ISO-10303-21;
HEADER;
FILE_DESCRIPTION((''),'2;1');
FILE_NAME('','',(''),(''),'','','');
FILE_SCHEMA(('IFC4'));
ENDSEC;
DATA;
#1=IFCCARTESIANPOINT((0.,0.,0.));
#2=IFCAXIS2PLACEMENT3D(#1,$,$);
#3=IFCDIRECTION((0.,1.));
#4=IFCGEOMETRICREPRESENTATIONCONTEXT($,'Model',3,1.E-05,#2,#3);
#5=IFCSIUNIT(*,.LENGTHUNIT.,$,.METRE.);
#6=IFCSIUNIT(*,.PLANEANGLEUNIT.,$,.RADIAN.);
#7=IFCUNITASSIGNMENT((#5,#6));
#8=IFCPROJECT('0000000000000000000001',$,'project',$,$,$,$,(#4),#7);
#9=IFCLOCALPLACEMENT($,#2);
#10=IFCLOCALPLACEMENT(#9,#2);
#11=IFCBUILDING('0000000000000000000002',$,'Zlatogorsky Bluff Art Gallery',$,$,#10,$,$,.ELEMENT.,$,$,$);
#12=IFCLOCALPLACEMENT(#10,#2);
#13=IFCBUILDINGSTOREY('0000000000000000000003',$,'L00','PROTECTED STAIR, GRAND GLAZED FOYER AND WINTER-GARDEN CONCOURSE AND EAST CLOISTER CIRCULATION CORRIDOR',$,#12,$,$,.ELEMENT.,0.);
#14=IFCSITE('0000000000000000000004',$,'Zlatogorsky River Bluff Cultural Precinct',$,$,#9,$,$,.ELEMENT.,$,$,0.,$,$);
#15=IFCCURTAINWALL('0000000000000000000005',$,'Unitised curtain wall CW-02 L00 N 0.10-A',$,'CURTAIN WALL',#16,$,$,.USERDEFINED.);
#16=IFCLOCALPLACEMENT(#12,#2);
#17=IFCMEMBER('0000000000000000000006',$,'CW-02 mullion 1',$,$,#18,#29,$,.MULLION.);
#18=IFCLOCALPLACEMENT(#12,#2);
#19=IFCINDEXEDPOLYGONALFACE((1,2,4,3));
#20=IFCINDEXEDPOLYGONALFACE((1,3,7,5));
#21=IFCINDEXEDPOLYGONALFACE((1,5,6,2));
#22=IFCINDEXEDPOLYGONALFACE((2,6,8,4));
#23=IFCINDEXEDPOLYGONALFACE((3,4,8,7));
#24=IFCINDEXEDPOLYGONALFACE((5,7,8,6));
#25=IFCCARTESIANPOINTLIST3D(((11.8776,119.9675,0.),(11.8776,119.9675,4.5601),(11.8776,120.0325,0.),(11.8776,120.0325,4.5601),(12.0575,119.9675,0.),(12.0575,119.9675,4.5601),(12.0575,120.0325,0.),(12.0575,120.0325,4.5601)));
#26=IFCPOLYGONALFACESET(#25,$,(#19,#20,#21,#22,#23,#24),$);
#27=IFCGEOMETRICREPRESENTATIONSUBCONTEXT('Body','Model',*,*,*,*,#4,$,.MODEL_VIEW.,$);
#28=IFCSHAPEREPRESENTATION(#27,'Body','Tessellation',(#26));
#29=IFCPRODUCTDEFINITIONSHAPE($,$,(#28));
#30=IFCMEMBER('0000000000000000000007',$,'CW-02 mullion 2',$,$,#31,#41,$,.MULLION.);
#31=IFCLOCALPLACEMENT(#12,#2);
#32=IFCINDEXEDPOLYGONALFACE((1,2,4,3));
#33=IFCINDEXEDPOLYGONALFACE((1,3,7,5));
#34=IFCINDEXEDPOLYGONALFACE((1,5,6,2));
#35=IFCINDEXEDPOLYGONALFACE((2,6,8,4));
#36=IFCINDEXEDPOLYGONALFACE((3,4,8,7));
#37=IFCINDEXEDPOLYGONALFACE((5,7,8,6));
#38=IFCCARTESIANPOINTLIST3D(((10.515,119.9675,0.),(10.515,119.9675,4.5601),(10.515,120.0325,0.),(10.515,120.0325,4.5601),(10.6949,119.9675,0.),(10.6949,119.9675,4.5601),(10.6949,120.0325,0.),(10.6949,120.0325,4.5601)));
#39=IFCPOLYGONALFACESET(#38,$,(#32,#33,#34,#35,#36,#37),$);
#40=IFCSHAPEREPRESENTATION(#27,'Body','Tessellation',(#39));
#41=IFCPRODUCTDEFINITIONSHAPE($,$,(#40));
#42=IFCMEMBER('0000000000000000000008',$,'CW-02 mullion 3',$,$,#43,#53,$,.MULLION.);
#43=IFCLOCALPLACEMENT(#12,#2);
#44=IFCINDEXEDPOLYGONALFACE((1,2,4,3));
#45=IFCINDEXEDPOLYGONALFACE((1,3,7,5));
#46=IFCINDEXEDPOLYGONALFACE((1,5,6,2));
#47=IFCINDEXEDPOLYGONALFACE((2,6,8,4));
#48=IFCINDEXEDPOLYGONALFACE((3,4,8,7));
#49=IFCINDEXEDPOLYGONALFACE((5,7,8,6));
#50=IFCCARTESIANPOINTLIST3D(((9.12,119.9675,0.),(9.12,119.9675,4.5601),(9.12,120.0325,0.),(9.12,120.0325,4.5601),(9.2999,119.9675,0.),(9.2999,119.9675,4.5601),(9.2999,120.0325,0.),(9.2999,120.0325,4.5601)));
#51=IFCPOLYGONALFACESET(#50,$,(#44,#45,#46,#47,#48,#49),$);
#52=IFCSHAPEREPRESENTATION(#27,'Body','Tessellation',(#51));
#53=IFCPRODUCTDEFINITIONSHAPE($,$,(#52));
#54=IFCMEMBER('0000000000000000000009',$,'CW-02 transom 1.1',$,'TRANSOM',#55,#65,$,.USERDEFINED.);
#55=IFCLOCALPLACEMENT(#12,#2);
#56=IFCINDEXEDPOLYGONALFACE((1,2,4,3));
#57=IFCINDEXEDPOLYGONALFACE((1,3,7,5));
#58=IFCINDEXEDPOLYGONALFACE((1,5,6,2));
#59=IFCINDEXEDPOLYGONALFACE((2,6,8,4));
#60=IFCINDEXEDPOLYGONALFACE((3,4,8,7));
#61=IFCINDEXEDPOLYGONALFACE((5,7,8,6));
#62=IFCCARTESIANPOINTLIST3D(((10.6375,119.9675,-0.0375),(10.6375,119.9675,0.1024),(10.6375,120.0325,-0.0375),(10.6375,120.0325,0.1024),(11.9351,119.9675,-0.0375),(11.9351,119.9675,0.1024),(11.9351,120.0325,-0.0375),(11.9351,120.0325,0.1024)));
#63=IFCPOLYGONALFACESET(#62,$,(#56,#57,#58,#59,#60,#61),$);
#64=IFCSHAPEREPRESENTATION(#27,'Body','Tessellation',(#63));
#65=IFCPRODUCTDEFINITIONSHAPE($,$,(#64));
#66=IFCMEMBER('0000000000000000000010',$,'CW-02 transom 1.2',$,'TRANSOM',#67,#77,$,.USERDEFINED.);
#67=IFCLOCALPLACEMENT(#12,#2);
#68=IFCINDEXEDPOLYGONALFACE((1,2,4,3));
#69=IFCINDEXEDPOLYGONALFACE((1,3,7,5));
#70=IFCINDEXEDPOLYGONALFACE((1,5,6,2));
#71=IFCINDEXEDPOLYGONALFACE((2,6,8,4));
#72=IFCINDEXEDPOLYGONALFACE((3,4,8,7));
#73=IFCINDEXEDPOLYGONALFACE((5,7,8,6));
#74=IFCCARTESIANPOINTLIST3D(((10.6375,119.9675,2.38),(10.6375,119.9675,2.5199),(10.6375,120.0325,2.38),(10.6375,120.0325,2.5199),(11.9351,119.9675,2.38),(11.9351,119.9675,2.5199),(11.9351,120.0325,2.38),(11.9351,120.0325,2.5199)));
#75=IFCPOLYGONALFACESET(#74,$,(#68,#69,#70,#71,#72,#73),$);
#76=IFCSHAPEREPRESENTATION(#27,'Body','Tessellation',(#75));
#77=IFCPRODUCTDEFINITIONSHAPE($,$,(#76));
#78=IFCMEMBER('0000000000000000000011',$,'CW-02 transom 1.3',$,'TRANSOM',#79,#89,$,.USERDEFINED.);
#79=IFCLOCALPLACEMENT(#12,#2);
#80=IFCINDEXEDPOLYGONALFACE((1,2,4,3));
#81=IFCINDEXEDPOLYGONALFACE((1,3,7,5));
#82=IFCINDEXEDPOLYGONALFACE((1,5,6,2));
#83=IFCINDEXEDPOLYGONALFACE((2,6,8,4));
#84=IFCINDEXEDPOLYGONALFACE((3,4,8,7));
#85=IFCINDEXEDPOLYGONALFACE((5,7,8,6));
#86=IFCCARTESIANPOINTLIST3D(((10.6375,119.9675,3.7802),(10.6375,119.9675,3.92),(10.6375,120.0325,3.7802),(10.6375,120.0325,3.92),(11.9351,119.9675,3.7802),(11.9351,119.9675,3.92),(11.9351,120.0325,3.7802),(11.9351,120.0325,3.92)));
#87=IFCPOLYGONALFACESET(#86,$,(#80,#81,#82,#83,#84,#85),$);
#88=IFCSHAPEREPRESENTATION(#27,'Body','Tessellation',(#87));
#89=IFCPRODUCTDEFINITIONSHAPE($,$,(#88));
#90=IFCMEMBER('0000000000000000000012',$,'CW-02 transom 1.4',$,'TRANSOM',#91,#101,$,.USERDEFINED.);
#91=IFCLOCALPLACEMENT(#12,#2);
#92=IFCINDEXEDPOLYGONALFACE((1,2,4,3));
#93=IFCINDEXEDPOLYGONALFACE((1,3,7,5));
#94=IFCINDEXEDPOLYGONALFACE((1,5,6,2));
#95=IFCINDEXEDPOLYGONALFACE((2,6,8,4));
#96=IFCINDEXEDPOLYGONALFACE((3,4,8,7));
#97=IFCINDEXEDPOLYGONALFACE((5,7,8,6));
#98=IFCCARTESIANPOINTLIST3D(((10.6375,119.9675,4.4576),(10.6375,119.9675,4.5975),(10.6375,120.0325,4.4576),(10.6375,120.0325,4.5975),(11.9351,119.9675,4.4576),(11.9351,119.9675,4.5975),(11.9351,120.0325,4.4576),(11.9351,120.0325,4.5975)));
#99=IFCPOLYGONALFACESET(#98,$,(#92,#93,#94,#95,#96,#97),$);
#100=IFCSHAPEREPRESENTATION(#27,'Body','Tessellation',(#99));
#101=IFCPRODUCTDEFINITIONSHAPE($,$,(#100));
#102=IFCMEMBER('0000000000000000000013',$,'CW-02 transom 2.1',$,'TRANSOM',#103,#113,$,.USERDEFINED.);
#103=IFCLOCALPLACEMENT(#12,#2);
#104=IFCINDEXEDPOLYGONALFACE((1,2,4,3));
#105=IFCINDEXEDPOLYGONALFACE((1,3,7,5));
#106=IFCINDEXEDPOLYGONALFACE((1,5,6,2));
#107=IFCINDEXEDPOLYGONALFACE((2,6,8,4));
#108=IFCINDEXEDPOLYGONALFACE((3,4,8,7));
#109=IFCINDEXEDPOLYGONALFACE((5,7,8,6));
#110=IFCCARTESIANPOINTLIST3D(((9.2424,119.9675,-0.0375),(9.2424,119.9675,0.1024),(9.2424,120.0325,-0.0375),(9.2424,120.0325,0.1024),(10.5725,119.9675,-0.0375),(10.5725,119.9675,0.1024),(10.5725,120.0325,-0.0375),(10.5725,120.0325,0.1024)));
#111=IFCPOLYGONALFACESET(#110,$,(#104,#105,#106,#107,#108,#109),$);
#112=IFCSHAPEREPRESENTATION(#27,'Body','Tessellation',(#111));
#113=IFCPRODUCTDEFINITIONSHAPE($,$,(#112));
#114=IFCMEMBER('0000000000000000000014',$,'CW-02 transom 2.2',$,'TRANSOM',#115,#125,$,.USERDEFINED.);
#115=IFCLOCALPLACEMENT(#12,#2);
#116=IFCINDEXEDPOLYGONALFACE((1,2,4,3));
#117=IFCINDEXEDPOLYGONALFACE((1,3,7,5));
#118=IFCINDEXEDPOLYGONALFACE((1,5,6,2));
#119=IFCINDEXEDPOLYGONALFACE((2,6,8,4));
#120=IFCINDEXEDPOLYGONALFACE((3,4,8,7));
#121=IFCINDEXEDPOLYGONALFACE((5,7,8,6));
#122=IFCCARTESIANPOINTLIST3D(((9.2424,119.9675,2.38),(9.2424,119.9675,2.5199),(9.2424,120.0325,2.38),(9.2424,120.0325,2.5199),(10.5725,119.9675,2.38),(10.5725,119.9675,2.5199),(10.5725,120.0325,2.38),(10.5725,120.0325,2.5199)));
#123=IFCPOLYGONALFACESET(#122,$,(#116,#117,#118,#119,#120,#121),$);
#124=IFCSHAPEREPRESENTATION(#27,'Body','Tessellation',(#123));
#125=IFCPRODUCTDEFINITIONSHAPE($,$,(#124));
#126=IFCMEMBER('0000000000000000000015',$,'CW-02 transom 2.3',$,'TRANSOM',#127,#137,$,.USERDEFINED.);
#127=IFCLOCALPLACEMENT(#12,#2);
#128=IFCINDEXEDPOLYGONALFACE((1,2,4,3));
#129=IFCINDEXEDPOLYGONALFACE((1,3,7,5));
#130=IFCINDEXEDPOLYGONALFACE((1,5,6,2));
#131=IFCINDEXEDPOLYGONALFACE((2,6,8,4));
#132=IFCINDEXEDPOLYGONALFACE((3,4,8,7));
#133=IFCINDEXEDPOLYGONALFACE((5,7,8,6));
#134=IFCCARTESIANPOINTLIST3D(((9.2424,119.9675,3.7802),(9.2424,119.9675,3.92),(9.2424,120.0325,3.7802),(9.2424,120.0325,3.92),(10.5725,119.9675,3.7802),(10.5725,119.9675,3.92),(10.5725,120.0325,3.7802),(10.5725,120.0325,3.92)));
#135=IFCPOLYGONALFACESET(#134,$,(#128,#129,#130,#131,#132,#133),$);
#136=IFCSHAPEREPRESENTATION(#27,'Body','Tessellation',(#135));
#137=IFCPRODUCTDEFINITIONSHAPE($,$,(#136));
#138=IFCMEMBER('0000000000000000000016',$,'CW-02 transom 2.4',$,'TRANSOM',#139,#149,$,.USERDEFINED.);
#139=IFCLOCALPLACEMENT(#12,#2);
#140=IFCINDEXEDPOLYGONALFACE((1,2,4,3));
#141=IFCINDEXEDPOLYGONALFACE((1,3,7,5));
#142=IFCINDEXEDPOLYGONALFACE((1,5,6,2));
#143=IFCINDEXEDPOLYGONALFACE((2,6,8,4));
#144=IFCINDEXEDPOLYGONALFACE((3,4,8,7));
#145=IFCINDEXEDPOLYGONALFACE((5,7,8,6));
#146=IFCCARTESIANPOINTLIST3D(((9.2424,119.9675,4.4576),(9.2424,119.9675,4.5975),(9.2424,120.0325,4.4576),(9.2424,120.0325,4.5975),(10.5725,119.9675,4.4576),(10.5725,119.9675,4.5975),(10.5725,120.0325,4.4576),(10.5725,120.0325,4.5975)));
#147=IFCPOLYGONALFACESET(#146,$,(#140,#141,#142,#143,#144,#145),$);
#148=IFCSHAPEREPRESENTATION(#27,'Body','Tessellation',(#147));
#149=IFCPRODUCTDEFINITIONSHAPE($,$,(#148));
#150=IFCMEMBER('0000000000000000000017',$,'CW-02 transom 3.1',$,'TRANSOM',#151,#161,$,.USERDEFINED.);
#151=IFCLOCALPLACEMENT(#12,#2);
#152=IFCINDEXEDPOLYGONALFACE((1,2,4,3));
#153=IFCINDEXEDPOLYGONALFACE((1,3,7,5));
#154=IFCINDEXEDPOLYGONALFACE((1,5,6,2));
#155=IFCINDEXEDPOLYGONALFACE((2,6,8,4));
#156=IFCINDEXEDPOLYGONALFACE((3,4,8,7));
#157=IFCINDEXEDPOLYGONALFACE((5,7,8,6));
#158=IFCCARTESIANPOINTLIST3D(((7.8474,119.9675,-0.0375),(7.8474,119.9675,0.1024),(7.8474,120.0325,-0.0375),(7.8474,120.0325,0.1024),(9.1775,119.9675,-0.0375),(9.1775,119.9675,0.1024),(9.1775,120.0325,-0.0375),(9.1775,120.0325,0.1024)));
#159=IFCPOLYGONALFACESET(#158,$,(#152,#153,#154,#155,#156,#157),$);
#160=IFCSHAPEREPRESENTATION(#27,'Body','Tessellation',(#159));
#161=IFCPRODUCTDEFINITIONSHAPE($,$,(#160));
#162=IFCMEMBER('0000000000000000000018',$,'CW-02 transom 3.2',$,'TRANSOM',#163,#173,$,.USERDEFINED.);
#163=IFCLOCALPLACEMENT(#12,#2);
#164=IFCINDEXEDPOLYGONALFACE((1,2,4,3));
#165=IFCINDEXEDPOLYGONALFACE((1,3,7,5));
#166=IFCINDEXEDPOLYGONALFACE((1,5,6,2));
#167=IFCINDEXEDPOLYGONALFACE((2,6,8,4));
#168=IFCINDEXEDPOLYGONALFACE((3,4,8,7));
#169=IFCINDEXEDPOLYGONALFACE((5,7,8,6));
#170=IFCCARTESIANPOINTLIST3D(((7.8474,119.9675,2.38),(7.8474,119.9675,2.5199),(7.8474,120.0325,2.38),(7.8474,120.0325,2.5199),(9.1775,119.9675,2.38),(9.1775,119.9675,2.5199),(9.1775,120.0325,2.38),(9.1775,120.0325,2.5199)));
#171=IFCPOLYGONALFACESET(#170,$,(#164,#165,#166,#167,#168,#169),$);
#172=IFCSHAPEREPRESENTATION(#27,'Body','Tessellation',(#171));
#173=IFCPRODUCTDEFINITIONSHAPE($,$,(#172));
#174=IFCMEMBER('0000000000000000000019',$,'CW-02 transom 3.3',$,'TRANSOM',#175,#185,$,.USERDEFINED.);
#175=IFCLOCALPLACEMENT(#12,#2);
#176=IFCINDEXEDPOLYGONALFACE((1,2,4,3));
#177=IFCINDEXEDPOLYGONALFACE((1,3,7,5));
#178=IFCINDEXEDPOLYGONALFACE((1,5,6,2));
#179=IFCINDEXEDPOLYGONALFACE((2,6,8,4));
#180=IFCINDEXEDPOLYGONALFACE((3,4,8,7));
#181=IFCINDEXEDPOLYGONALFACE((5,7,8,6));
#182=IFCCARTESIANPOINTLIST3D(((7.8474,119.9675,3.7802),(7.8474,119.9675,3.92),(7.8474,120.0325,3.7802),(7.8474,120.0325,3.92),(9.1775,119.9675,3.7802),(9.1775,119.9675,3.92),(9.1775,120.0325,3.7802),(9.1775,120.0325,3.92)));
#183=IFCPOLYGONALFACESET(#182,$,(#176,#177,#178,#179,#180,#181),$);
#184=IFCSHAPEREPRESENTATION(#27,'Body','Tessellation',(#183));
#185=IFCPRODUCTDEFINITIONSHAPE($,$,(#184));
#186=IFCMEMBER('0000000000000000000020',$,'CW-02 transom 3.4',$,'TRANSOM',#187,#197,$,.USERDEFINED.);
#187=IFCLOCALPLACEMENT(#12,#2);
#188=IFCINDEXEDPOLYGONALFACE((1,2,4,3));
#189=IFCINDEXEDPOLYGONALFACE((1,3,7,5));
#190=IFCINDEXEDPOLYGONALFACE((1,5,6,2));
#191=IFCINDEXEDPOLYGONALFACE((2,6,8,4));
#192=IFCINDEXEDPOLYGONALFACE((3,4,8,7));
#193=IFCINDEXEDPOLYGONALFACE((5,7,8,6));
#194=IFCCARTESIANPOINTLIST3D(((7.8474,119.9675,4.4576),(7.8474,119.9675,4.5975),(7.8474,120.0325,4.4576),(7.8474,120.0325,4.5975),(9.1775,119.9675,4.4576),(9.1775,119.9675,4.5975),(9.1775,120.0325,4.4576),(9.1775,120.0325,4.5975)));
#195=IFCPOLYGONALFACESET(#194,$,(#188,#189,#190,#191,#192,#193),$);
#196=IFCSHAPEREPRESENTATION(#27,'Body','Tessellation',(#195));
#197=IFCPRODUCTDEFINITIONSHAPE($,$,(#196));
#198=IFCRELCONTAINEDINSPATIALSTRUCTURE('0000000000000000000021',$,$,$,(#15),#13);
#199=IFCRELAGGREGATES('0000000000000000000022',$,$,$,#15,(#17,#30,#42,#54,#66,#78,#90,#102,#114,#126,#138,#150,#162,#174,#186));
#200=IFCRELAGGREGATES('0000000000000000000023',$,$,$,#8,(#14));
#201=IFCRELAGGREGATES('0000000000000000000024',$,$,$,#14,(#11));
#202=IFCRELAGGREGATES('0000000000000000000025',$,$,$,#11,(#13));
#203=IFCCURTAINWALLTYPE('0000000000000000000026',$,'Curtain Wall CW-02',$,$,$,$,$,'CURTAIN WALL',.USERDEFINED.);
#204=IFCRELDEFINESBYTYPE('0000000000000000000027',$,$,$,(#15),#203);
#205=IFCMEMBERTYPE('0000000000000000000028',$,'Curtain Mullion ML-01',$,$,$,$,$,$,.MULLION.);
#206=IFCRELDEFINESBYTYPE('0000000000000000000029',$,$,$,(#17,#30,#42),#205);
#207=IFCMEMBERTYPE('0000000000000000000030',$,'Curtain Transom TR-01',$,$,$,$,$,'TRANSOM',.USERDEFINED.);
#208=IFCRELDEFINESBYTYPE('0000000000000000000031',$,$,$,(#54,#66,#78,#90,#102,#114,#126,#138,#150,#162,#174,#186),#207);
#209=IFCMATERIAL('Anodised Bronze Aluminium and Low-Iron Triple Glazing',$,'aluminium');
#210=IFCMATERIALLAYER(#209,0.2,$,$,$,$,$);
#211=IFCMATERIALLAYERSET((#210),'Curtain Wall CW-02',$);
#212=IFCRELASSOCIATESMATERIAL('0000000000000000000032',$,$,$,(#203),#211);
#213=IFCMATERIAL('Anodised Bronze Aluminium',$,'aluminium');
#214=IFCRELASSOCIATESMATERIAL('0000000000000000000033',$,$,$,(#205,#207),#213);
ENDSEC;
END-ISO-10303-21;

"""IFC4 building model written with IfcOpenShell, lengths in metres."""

from ifc_helpers import new_model, si_unit, direction, frame, origin, origin_2d, place, context, subcontext, project, spatial, rectangle, extrude, material, layer, layer_set, material_profile, profile_set, type_object, element, aggregate, save


model = new_model("IFC4")

# Units and contexts
model_context = context("Model", 3, precision=1e-05, world=origin(), true_north=direction((0.0, 1.0)))
body_context = subcontext(model_context, "Body", "Model", "MODEL_VIEW")
ifc_project = project(units=[si_unit("LENGTHUNIT", "METRE"), si_unit("PLANEANGLEUNIT", "RADIAN")], contexts=[model_context])

# Site, building, storey
site_placement = place(None, origin())
site = spatial("IfcSite", under=ifc_project, at=site_placement, Name="Zlatogorsky River Bluff Cultural Precinct", CompositionType="ELEMENT", RefElevation=0.0)
building_placement = place(site_placement, origin())
building = spatial("IfcBuilding", under=site, at=building_placement, Name="Zlatogorsky Bluff Art Gallery", CompositionType="ELEMENT")
storey_placement = place(building_placement, origin())
storey = spatial("IfcBuildingStorey", under=building, at=storey_placement, Name="L00", Description="PROTECTED STAIR, GRAND GLAZED FOYER AND WINTER-GARDEN CONCOURSE AND EAST CLOISTER CIRCULATION CORRIDOR", CompositionType="ELEMENT", Elevation=0.0)

# Curtain wall, members
ifc_material_1 = material(Name="Anodised Bronze Aluminium and Low-Iron Triple Glazing", Category="aluminium")
ifc_layer_1 = layer(ifc_material_1, 0.2)
ifc_layer_set_1 = layer_set([ifc_layer_1], Name="Curtain Wall CW-02")
curtain_wall_type = type_object("IfcCurtainWallType", Name="Curtain Wall CW-02", ElementType="CURTAIN WALL", PredefinedType="USERDEFINED", material=ifc_layer_set_1)
curtain_wall_placement = place(storey_placement, origin())
curtain_wall = element("IfcCurtainWall", 1, at=curtain_wall_placement, inside=storey, type_object=curtain_wall_type, Name="Unitised curtain wall CW-02 L00 N 0.10-A", ObjectType="CURTAIN WALL", PredefinedType="USERDEFINED")
ifc_material_2 = material(Name="Anodised Bronze Aluminium", Category="aluminium")
ifc_material_profile_1 = material_profile(ifc_material_2, rectangle(XDim=0.0649, YDim=0.1799, at=origin_2d()), Name="ALU MULLION 65x180")
ifc_profile_set_1 = profile_set([ifc_material_profile_1], Name="Anodised Bronze Aluminium")
member_type_1 = type_object("IfcMemberType", Name="Curtain Mullion ML-01", PredefinedType="MULLION", material=ifc_profile_set_1)
member_1_placement = place(storey_placement, frame((11.9675, 120.0, 0.0), z_axis=(0.0, 0.0, 1.0), x_axis=(0.0, -1.0, 0.0)))
member_1 = element("IfcMember", 2, at=member_1_placement, type_object=member_type_1, Name="CW-02 mullion 1", PredefinedType="MULLION", context=body_context, shape_type="SweptSolid", body=[
    extrude(rectangle(XDim=0.0649, YDim=0.1799, at=origin_2d()), origin(), (0.0, 0.0, 1.0), 4.5601),
])
member_2_placement = place(storey_placement, frame((10.605, 120.0, 0.0), z_axis=(0.0, 0.0, 1.0), x_axis=(0.0, -1.0, 0.0)))
member_2 = element("IfcMember", 3, at=member_2_placement, type_object=member_type_1, Name="CW-02 mullion 2", PredefinedType="MULLION", context=body_context, shape_type="SweptSolid", body=[
    extrude(rectangle(XDim=0.0649, YDim=0.1799, at=origin_2d()), origin(), (0.0, 0.0, 1.0), 4.5601),
])
member_3_placement = place(storey_placement, frame((9.21, 120.0, 0.0), z_axis=(0.0, 0.0, 1.0), x_axis=(0.0, -1.0, 0.0)))
member_3 = element("IfcMember", 4, at=member_3_placement, type_object=member_type_1, Name="CW-02 mullion 3", PredefinedType="MULLION", context=body_context, shape_type="SweptSolid", body=[
    extrude(rectangle(XDim=0.0649, YDim=0.1799, at=origin_2d()), origin(), (0.0, 0.0, 1.0), 4.5601),
])
ifc_material_profile_2 = material_profile(ifc_material_2, rectangle(XDim=0.0649, YDim=0.1399, at=origin_2d()), Name="ALU TRANSOM 65x140")
ifc_profile_set_2 = profile_set([ifc_material_profile_2], Name="Anodised Bronze Aluminium")
member_type_2 = type_object("IfcMemberType", Name="Curtain Transom TR-01", ElementType="TRANSOM", PredefinedType="USERDEFINED", material=ifc_profile_set_2)
member_4_placement = place(storey_placement, frame((11.9351, 120.0, 0.0325), z_axis=(-1.0, 0.0, 0.0), x_axis=(0.0, -1.0, 0.0)))
member_4 = element("IfcMember", 5, at=member_4_placement, type_object=member_type_2, Name="CW-02 transom 1.1", ObjectType="TRANSOM", PredefinedType="USERDEFINED", context=body_context, shape_type="SweptSolid", body=[
    extrude(rectangle(XDim=0.0649, YDim=0.1399, at=origin_2d()), origin(), (0.0, 0.0, 1.0), 1.2976),
])
member_5_placement = place(storey_placement, frame((11.9351, 120.0, 2.45), z_axis=(-1.0, 0.0, 0.0), x_axis=(0.0, -1.0, 0.0)))
member_5 = element("IfcMember", 6, at=member_5_placement, type_object=member_type_2, Name="CW-02 transom 1.2", ObjectType="TRANSOM", PredefinedType="USERDEFINED", context=body_context, shape_type="SweptSolid", body=[
    extrude(rectangle(XDim=0.0649, YDim=0.1399, at=origin_2d()), origin(), (0.0, 0.0, 1.0), 1.2976),
])
member_6_placement = place(storey_placement, frame((11.9351, 120.0, 3.8501), z_axis=(-1.0, 0.0, 0.0), x_axis=(0.0, -1.0, 0.0)))
member_6 = element("IfcMember", 7, at=member_6_placement, type_object=member_type_2, Name="CW-02 transom 1.3", ObjectType="TRANSOM", PredefinedType="USERDEFINED", context=body_context, shape_type="SweptSolid", body=[
    extrude(rectangle(XDim=0.0649, YDim=0.1399, at=origin_2d()), origin(), (0.0, 0.0, 1.0), 1.2976),
])
member_7_placement = place(storey_placement, frame((11.9351, 120.0, 4.5276), z_axis=(-1.0, 0.0, 0.0), x_axis=(0.0, -1.0, 0.0)))
member_7 = element("IfcMember", 8, at=member_7_placement, type_object=member_type_2, Name="CW-02 transom 1.4", ObjectType="TRANSOM", PredefinedType="USERDEFINED", context=body_context, shape_type="SweptSolid", body=[
    extrude(rectangle(XDim=0.0649, YDim=0.1399, at=origin_2d()), origin(), (0.0, 0.0, 1.0), 1.2976),
])
member_8_placement = place(storey_placement, frame((10.5725, 120.0, 0.0325), z_axis=(-1.0, 0.0, 0.0), x_axis=(0.0, -1.0, 0.0)))
member_8 = element("IfcMember", 9, at=member_8_placement, type_object=member_type_2, Name="CW-02 transom 2.1", ObjectType="TRANSOM", PredefinedType="USERDEFINED", context=body_context, shape_type="SweptSolid", body=[
    extrude(rectangle(XDim=0.0649, YDim=0.1399, at=origin_2d()), origin(), (0.0, 0.0, 1.0), 1.3301),
])
member_9_placement = place(storey_placement, frame((10.5725, 120.0, 2.45), z_axis=(-1.0, 0.0, 0.0), x_axis=(0.0, -1.0, 0.0)))
member_9 = element("IfcMember", 10, at=member_9_placement, type_object=member_type_2, Name="CW-02 transom 2.2", ObjectType="TRANSOM", PredefinedType="USERDEFINED", context=body_context, shape_type="SweptSolid", body=[
    extrude(rectangle(XDim=0.0649, YDim=0.1399, at=origin_2d()), origin(), (0.0, 0.0, 1.0), 1.3301),
])
member_10_placement = place(storey_placement, frame((10.5725, 120.0, 3.8501), z_axis=(-1.0, 0.0, 0.0), x_axis=(0.0, -1.0, 0.0)))
member_10 = element("IfcMember", 11, at=member_10_placement, type_object=member_type_2, Name="CW-02 transom 2.3", ObjectType="TRANSOM", PredefinedType="USERDEFINED", context=body_context, shape_type="SweptSolid", body=[
    extrude(rectangle(XDim=0.0649, YDim=0.1399, at=origin_2d()), origin(), (0.0, 0.0, 1.0), 1.3301),
])
member_11_placement = place(storey_placement, frame((10.5725, 120.0, 4.5276), z_axis=(-1.0, 0.0, 0.0), x_axis=(0.0, -1.0, 0.0)))
member_11 = element("IfcMember", 12, at=member_11_placement, type_object=member_type_2, Name="CW-02 transom 2.4", ObjectType="TRANSOM", PredefinedType="USERDEFINED", context=body_context, shape_type="SweptSolid", body=[
    extrude(rectangle(XDim=0.0649, YDim=0.1399, at=origin_2d()), origin(), (0.0, 0.0, 1.0), 1.3301),
])
member_12_placement = place(storey_placement, frame((9.1775, 120.0, 0.0325), z_axis=(-1.0, 0.0, 0.0), x_axis=(0.0, -1.0, 0.0)))
member_12 = element("IfcMember", 13, at=member_12_placement, type_object=member_type_2, Name="CW-02 transom 3.1", ObjectType="TRANSOM", PredefinedType="USERDEFINED", context=body_context, shape_type="SweptSolid", body=[
    extrude(rectangle(XDim=0.0649, YDim=0.1399, at=origin_2d()), origin(), (0.0, 0.0, 1.0), 1.3301),
])
member_13_placement = place(storey_placement, frame((9.1775, 120.0, 2.45), z_axis=(-1.0, 0.0, 0.0), x_axis=(0.0, -1.0, 0.0)))
member_13 = element("IfcMember", 14, at=member_13_placement, type_object=member_type_2, Name="CW-02 transom 3.2", ObjectType="TRANSOM", PredefinedType="USERDEFINED", context=body_context, shape_type="SweptSolid", body=[
    extrude(rectangle(XDim=0.0649, YDim=0.1399, at=origin_2d()), origin(), (0.0, 0.0, 1.0), 1.3301),
])
member_14_placement = place(storey_placement, frame((9.1775, 120.0, 3.8501), z_axis=(-1.0, 0.0, 0.0), x_axis=(0.0, -1.0, 0.0)))
member_14 = element("IfcMember", 15, at=member_14_placement, type_object=member_type_2, Name="CW-02 transom 3.3", ObjectType="TRANSOM", PredefinedType="USERDEFINED", context=body_context, shape_type="SweptSolid", body=[
    extrude(rectangle(XDim=0.0649, YDim=0.1399, at=origin_2d()), origin(), (0.0, 0.0, 1.0), 1.3301),
])
member_15_placement = place(storey_placement, frame((9.1775, 120.0, 4.5276), z_axis=(-1.0, 0.0, 0.0), x_axis=(0.0, -1.0, 0.0)))
member_15 = element("IfcMember", 16, at=member_15_placement, type_object=member_type_2, Name="CW-02 transom 3.4", ObjectType="TRANSOM", PredefinedType="USERDEFINED", context=body_context, shape_type="SweptSolid", body=[
    extrude(rectangle(XDim=0.0649, YDim=0.1399, at=origin_2d()), origin(), (0.0, 0.0, 1.0), 1.3301),
])
aggregate(curtain_wall, [member_1, member_2, member_3, member_4, member_5, member_6, member_7, member_8, member_9, member_10, member_11, member_12, member_13, member_14, member_15])

save(model, "model.ifc")
